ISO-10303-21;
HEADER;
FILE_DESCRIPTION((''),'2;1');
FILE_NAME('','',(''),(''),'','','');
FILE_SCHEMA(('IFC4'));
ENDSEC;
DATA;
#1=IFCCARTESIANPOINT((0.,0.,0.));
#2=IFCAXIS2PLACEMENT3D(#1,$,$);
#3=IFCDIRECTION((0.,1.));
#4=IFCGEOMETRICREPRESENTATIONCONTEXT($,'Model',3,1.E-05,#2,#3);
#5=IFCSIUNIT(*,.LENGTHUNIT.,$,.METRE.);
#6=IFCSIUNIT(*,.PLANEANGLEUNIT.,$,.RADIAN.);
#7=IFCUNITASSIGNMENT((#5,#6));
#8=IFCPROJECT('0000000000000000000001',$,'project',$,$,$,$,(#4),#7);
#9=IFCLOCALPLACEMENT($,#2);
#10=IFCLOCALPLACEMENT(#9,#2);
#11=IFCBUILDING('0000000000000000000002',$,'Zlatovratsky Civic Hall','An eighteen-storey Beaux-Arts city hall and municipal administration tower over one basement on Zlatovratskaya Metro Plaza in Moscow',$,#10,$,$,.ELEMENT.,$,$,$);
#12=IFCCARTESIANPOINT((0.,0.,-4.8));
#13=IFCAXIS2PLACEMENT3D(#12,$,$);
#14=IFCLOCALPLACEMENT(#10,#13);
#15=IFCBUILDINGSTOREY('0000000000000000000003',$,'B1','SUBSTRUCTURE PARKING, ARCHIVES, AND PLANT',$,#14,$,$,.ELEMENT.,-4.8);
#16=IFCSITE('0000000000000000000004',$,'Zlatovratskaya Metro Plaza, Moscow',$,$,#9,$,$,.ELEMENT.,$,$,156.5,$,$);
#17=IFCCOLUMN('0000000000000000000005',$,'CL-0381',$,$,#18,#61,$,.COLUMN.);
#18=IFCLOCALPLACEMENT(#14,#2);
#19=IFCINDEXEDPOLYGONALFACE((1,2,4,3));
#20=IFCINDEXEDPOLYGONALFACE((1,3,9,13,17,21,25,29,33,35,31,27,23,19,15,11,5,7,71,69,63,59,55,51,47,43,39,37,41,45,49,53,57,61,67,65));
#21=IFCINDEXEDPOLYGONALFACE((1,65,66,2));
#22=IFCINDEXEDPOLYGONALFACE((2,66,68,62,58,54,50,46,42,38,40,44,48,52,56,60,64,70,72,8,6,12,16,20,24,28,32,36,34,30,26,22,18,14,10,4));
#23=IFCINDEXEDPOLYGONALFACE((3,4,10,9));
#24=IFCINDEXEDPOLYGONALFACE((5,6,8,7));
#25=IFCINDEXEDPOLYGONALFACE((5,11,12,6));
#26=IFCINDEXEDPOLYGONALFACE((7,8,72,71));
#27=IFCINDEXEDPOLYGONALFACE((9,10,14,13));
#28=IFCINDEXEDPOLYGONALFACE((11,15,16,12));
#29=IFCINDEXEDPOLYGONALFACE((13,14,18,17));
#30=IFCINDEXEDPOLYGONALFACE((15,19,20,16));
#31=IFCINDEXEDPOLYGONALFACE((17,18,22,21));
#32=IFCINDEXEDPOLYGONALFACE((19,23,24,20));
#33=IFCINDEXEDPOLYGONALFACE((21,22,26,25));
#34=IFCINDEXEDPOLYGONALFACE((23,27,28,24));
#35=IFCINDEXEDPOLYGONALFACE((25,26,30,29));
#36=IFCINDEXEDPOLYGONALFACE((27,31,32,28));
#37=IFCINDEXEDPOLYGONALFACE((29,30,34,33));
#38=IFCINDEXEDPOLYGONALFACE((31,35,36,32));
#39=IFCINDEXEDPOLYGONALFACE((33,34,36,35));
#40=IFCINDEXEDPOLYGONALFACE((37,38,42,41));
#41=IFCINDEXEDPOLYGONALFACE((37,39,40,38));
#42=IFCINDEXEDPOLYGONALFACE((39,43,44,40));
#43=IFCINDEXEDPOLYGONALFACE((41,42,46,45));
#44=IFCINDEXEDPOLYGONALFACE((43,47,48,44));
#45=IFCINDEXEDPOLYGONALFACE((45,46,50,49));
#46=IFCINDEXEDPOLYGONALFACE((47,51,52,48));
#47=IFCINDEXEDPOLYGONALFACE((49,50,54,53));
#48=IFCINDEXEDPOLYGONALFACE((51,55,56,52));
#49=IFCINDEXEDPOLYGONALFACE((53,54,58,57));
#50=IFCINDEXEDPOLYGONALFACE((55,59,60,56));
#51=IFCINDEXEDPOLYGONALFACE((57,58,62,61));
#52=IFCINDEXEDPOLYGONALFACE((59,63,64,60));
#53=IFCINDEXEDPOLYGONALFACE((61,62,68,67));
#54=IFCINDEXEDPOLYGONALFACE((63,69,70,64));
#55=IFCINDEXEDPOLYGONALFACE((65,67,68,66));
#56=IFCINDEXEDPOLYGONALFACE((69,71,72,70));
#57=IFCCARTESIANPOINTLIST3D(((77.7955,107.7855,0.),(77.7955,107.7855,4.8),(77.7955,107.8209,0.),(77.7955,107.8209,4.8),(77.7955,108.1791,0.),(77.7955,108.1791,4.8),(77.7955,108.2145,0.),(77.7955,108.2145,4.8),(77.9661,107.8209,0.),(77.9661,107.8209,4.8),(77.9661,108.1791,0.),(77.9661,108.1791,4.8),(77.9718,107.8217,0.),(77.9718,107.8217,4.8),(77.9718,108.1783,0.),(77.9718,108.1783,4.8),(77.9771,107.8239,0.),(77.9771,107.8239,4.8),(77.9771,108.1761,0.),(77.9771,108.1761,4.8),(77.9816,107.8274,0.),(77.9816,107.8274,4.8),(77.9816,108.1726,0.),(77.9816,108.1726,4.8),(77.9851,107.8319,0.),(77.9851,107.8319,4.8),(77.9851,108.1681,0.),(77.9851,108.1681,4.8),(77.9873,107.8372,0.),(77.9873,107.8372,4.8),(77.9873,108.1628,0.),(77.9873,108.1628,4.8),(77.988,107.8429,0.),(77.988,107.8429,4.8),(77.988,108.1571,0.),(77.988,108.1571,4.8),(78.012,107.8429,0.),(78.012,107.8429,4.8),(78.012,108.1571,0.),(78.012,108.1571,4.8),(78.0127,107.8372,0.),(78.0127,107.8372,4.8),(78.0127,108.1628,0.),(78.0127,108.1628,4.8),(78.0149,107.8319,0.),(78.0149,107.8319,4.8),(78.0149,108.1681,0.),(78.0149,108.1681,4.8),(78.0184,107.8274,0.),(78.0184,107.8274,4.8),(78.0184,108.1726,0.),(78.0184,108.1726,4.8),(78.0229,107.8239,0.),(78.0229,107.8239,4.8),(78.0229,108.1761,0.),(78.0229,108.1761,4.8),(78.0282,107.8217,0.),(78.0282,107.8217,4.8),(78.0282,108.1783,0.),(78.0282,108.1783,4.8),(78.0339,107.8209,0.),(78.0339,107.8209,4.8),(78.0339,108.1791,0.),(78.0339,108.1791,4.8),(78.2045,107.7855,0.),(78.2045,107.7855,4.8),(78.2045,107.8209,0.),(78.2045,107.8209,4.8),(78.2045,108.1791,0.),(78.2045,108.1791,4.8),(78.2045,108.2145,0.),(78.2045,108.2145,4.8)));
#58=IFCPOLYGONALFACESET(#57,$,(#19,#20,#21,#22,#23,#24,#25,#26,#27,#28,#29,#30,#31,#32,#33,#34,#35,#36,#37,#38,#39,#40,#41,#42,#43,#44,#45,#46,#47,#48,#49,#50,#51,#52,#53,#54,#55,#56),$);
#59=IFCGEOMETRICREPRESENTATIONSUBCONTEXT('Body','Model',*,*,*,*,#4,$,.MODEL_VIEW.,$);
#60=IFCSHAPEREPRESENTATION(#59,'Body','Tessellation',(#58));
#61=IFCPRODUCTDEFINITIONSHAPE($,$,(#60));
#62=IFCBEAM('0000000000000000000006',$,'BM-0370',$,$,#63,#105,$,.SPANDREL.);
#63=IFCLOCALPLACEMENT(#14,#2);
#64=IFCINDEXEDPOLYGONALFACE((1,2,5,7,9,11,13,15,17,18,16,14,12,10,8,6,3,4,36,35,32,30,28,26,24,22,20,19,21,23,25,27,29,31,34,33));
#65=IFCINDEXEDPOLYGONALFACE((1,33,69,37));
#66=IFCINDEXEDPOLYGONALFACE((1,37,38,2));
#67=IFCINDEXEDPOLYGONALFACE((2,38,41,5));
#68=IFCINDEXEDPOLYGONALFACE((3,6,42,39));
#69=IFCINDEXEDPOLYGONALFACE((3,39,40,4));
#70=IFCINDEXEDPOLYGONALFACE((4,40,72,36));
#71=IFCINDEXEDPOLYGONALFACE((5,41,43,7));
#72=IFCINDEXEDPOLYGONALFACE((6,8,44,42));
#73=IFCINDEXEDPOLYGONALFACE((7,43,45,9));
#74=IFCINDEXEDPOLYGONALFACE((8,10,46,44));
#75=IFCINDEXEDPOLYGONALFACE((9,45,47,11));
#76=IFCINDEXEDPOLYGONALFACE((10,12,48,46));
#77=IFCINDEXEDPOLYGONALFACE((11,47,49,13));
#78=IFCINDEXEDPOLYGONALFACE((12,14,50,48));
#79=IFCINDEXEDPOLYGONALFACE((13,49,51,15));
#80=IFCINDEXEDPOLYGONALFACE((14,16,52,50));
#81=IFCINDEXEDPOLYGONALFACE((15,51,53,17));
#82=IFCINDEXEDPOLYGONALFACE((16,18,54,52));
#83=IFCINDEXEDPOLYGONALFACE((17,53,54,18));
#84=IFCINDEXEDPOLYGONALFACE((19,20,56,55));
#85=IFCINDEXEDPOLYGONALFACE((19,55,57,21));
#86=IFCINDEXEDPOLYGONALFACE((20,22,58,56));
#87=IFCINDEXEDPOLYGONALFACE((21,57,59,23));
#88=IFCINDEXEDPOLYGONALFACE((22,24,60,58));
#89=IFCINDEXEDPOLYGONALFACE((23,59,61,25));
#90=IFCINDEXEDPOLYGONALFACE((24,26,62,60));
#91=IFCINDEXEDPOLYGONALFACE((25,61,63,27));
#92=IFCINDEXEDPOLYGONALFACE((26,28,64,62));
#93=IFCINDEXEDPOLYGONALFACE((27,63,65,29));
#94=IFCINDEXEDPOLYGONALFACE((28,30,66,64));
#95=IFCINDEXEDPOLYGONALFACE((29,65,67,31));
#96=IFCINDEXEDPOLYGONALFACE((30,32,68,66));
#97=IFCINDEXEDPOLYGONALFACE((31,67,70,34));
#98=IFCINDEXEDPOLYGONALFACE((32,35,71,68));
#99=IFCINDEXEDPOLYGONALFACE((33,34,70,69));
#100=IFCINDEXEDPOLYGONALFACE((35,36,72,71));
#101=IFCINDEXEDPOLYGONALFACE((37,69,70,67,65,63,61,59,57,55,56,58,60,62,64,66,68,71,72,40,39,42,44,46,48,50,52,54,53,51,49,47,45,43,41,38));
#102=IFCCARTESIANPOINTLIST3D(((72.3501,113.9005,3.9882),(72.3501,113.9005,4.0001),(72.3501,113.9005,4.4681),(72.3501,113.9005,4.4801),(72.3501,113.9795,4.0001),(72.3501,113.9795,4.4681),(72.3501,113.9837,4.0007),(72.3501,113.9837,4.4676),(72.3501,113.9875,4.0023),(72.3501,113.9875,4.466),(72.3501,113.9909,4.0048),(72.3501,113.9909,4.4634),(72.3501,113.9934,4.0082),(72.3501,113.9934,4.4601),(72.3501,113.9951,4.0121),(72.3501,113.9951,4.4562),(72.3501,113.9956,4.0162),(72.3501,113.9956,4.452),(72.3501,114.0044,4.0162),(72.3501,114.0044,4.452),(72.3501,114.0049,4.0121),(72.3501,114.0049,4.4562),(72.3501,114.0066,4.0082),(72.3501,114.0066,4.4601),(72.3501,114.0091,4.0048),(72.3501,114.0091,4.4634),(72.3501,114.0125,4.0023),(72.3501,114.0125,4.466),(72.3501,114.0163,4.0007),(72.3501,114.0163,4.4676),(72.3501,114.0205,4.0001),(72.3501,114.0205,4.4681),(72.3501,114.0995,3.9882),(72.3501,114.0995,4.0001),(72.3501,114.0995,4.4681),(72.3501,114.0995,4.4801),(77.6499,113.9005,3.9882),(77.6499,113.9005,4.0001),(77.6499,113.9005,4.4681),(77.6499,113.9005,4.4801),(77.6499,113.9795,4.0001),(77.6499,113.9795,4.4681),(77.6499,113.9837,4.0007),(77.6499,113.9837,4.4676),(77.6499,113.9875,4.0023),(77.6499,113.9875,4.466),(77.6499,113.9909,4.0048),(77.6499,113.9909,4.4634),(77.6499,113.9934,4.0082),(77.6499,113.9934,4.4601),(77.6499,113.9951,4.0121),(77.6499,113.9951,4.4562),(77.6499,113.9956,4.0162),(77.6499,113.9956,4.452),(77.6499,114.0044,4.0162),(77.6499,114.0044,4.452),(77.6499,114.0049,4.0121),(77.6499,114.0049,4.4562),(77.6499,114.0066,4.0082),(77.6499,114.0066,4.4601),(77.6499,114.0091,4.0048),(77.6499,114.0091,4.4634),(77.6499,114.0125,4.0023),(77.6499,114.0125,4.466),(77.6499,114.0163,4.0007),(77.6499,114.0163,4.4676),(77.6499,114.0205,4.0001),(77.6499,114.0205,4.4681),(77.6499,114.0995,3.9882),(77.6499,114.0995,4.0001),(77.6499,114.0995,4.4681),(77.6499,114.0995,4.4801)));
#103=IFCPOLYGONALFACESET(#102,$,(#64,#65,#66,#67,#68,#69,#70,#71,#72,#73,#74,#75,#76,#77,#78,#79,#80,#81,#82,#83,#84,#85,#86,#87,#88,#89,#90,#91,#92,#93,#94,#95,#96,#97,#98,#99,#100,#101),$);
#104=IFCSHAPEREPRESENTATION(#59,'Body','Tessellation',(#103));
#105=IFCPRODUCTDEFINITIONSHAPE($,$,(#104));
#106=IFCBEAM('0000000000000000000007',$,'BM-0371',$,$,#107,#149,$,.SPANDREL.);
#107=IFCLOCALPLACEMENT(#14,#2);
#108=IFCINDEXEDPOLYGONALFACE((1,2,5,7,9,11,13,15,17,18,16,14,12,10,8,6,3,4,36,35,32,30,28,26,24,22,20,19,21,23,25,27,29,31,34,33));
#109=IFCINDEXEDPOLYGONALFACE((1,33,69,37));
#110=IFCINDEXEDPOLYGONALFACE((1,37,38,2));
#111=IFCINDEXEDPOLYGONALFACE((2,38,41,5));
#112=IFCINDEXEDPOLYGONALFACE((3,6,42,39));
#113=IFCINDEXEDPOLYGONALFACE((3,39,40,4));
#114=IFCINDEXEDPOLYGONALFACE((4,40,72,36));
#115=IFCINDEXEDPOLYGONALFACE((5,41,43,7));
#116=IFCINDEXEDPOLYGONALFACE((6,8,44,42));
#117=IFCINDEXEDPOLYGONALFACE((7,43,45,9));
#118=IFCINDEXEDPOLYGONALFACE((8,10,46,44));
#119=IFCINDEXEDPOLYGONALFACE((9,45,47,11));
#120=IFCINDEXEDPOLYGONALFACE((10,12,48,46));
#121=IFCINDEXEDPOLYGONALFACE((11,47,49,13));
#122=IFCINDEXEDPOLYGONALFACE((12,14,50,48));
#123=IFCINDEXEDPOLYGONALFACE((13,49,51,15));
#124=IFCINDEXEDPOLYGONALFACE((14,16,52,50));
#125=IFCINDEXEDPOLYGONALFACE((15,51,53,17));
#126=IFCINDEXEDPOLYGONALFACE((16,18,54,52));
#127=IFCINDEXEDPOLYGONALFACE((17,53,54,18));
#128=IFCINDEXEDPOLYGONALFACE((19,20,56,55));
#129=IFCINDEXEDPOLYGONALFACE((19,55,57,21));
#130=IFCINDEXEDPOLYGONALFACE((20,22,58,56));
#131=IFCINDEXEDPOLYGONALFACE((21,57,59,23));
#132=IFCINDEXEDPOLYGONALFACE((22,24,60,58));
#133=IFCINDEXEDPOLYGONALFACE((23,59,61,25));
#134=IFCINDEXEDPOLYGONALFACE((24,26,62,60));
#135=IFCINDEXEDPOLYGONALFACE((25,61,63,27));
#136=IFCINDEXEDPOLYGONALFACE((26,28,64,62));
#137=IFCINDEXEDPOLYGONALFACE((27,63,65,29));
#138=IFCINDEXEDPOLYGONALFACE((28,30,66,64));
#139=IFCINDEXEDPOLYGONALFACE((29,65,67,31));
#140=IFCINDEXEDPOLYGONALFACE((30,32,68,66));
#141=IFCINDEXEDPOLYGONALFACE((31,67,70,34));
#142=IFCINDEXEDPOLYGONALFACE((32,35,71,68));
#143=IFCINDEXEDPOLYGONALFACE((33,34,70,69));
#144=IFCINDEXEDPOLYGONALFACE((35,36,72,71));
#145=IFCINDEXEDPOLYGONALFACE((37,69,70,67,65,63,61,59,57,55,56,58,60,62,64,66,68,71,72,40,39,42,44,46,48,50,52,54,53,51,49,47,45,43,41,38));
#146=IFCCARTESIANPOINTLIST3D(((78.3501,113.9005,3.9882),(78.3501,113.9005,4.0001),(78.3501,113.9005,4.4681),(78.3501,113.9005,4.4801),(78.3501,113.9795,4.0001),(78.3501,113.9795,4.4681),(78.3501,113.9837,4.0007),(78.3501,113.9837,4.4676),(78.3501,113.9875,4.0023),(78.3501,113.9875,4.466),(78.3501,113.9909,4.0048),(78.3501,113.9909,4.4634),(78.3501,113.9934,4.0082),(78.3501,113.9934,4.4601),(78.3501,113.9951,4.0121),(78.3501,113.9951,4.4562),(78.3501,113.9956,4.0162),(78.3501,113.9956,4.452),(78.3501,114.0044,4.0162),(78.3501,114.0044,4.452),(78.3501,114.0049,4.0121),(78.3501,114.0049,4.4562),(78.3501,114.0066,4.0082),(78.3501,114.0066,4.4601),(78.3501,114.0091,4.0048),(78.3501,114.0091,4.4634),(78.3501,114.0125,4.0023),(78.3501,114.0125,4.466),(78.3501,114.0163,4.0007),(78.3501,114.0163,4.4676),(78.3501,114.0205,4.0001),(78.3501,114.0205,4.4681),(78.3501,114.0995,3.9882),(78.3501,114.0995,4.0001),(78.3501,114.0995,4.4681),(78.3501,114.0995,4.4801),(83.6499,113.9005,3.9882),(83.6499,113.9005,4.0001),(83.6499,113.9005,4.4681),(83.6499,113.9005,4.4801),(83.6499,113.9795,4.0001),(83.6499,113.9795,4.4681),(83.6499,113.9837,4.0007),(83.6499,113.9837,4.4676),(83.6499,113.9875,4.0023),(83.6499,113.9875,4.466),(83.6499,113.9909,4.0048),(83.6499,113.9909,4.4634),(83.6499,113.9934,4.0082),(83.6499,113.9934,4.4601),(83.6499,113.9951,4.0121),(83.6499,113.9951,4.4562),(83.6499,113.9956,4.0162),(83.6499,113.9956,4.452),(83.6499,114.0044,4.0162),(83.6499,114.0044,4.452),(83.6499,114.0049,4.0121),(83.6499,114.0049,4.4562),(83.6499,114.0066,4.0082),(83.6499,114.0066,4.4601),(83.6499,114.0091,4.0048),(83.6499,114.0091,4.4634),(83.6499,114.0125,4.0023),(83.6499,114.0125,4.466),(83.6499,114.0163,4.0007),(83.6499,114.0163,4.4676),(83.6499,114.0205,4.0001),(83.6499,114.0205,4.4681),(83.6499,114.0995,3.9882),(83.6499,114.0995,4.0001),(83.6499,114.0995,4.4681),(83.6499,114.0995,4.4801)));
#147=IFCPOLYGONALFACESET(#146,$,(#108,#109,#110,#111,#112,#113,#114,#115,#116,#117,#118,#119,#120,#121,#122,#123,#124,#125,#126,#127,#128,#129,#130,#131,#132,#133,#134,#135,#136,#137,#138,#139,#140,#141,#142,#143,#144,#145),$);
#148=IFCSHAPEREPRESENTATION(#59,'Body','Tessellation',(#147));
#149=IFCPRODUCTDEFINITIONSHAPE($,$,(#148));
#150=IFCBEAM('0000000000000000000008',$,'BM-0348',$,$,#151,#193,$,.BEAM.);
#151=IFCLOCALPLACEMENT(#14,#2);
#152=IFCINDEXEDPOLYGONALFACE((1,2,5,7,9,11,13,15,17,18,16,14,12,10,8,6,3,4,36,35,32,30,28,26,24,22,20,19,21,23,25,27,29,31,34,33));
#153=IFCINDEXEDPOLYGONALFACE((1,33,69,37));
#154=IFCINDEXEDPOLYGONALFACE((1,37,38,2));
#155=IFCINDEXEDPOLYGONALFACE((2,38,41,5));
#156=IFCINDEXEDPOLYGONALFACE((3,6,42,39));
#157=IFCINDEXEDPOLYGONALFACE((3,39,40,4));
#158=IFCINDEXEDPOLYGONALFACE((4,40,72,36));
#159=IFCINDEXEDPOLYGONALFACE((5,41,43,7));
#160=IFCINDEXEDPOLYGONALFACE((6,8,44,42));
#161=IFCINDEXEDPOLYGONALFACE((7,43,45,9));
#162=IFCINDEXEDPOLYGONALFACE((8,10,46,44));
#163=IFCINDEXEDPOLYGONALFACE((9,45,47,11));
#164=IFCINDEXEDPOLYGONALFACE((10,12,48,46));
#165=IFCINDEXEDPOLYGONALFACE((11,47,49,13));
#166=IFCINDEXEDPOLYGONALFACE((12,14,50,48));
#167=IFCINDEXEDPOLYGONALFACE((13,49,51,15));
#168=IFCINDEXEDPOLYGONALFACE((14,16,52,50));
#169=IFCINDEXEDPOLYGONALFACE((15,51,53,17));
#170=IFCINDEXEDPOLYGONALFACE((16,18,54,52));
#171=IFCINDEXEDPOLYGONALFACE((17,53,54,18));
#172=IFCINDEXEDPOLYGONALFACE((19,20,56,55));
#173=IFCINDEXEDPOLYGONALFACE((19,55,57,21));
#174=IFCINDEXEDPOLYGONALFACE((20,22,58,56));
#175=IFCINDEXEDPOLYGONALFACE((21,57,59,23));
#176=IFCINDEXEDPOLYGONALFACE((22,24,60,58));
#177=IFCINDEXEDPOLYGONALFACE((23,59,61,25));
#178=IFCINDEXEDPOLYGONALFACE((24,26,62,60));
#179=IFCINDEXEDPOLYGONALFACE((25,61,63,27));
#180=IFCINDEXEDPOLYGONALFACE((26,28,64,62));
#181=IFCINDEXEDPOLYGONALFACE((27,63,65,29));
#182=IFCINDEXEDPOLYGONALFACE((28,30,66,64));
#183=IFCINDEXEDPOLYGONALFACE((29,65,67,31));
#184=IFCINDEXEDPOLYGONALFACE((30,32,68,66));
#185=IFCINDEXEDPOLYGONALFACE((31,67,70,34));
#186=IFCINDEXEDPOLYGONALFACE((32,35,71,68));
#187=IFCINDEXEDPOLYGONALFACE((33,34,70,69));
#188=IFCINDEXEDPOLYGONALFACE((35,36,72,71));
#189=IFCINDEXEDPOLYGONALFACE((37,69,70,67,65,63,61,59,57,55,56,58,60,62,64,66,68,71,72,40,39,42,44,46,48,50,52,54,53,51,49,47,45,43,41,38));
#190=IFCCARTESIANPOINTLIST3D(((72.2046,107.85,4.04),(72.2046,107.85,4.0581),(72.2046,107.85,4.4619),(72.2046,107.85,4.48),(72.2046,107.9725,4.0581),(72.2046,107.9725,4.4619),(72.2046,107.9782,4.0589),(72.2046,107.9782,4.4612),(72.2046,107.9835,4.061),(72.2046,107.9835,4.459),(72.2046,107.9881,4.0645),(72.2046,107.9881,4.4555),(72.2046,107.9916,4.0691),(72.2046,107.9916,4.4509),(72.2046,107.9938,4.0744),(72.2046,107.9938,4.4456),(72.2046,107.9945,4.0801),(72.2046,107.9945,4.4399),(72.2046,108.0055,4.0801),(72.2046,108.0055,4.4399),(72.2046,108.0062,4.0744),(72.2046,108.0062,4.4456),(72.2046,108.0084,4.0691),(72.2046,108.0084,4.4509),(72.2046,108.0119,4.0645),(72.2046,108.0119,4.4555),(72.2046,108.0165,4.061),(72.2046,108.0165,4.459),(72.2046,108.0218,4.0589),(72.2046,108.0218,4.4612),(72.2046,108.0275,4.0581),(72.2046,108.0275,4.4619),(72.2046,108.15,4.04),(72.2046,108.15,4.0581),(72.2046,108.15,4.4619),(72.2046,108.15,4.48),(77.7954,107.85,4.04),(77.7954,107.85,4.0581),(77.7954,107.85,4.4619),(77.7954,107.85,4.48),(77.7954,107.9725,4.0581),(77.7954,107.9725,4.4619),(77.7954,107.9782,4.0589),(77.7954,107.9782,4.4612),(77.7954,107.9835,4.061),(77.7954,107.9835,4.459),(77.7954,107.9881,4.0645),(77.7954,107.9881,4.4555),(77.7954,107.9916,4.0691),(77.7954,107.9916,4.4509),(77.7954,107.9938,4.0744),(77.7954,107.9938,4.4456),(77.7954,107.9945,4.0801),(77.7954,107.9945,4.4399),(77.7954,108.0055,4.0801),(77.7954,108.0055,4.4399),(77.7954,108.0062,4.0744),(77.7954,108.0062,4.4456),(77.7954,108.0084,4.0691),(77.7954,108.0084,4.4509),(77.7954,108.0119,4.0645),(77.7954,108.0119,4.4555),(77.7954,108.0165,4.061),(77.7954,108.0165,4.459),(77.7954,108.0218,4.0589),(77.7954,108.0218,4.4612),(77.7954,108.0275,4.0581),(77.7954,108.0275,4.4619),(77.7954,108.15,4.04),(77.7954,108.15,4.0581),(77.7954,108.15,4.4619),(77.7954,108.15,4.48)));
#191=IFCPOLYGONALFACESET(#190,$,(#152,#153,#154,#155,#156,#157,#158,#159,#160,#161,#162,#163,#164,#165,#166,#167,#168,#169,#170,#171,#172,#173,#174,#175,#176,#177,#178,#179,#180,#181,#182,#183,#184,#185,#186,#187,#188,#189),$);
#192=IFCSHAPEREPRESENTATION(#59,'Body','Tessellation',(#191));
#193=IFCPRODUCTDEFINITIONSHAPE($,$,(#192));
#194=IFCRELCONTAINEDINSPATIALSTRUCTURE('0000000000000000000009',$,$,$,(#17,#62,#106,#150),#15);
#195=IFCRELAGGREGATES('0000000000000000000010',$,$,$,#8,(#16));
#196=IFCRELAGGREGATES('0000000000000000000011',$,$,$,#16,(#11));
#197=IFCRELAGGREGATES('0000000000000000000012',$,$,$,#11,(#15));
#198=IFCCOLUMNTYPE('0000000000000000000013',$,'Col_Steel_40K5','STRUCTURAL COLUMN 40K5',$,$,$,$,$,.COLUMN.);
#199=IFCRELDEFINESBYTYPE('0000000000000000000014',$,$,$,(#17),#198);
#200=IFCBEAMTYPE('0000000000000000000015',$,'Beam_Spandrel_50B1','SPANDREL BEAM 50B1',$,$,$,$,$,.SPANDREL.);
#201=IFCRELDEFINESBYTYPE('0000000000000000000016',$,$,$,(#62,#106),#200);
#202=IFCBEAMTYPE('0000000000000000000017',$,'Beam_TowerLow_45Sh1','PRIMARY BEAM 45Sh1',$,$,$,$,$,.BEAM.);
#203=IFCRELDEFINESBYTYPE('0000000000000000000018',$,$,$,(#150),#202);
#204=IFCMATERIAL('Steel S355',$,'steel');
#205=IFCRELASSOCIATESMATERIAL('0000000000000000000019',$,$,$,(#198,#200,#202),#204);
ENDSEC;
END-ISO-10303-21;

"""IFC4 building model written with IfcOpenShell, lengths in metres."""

from ifc_helpers import new_model, si_unit, direction, frame, origin, origin_2d, place, context, subcontext, project, spatial, i_section, extrude, material, material_profile, profile_set, type_object, element, save


model = new_model("IFC4")

# Units and contexts
model_context = context("Model", 3, precision=1e-05, world=origin(), true_north=direction((0.0, 1.0)))
body_context = subcontext(model_context, "Body", "Model", "MODEL_VIEW")
ifc_project = project(units=[si_unit("LENGTHUNIT", "METRE"), si_unit("PLANEANGLEUNIT", "RADIAN")], contexts=[model_context])

# Site, building, storey
site_placement = place(None, origin())
site = spatial("IfcSite", under=ifc_project, at=site_placement, Name="Zlatovratskaya Metro Plaza, Moscow", CompositionType="ELEMENT", RefElevation=156.5)
building_placement = place(site_placement, origin())
building = spatial("IfcBuilding", under=site, at=building_placement, Name="Zlatovratsky Civic Hall", Description="An eighteen-storey Beaux-Arts city hall and municipal administration tower over one basement on Zlatovratskaya Metro Plaza in Moscow", CompositionType="ELEMENT")
storey_placement = place(building_placement, frame((0.0, 0.0, -4.8)))
storey = spatial("IfcBuildingStorey", under=building, at=storey_placement, Name="B1", Description="SUBSTRUCTURE PARKING, ARCHIVES, AND PLANT", CompositionType="ELEMENT", Elevation=-4.8)

# Column
ifc_material_1 = material(Name="Steel S355", Category="steel")
ifc_material_profile_1 = material_profile(ifc_material_1, i_section(OverallWidth=0.4089, OverallDepth=0.429, WebThickness=0.0239, FlangeThickness=0.0354, FilletRadius=0.022, at=origin_2d()), Name="40K5")
ifc_profile_set_1 = profile_set([ifc_material_profile_1], Name="Steel S355")
column_type_1 = type_object("IfcColumnType", Name="Col_Steel_40K5", Description="STRUCTURAL COLUMN 40K5", PredefinedType="COLUMN", material=ifc_profile_set_1)
for number, where, z_axis, x_axis, name in (
    (1, (78.0, 108.0, 0.0), (0.0, 0.0, 1.0), (1.0, 0.0, 0.0), "CL-0381"),
):
    element("IfcColumn", number, at=place(storey_placement, frame(where, z_axis=z_axis, x_axis=x_axis)), inside=storey, type_object=column_type_1, Name=name, PredefinedType="COLUMN", context=body_context, shape_type="SweptSolid", body=[
        extrude(i_section(OverallWidth=0.4089, OverallDepth=0.429, WebThickness=0.0239, FlangeThickness=0.0354, FilletRadius=0.022, at=origin_2d()), origin(), (0.0, 0.0, 1.0), 4.8),
    ])

# Beams
ifc_material_profile_2 = material_profile(ifc_material_1, i_section(OverallWidth=0.199, OverallDepth=0.4919, WebThickness=0.0088, FlangeThickness=0.012, FilletRadius=0.0161, at=origin_2d()), Name="50B1")
ifc_profile_set_2 = profile_set([ifc_material_profile_2], Name="Steel S355")
beam_type_1 = type_object("IfcBeamType", Name="Beam_Spandrel_50B1", Description="SPANDREL BEAM 50B1", PredefinedType="SPANDREL", material=ifc_profile_set_2)
for number, where, z_axis, x_axis, name in (
    (2, (72.3501, 114.0, 4.2341), (1.0, 0.0, 0.0), (0.0, 1.0, 0.0), "BM-0370"),
    (3, (78.3501, 114.0, 4.2341), (1.0, 0.0, 0.0), (0.0, 1.0, 0.0), "BM-0371"),
):
    element("IfcBeam", number, at=place(storey_placement, frame(where, z_axis=z_axis, x_axis=x_axis)), inside=storey, type_object=beam_type_1, Name=name, PredefinedType="SPANDREL", context=body_context, shape_type="SweptSolid", body=[
        extrude(i_section(OverallWidth=0.199, OverallDepth=0.4919, WebThickness=0.0088, FlangeThickness=0.012, FilletRadius=0.0161, at=origin_2d()), origin(), (0.0, 0.0, 1.0), 5.2998),
    ])
ifc_material_profile_3 = material_profile(ifc_material_1, i_section(OverallWidth=0.3, OverallDepth=0.4399, WebThickness=0.011, FlangeThickness=0.0181, FilletRadius=0.022, at=origin_2d()), Name="45Sh1")
ifc_profile_set_3 = profile_set([ifc_material_profile_3], Name="Steel S355")
beam_type_2 = type_object("IfcBeamType", Name="Beam_TowerLow_45Sh1", Description="PRIMARY BEAM 45Sh1", PredefinedType="BEAM", material=ifc_profile_set_3)
for number, where, z_axis, x_axis, name in (
    (4, (72.2046, 108.0, 4.26), (1.0, 0.0, 0.0), (0.0, 1.0, 0.0), "BM-0348"),
):
    element("IfcBeam", number, at=place(storey_placement, frame(where, z_axis=z_axis, x_axis=x_axis)), inside=storey, type_object=beam_type_2, Name=name, PredefinedType="BEAM", context=body_context, shape_type="SweptSolid", body=[
        extrude(i_section(OverallWidth=0.3, OverallDepth=0.4399, WebThickness=0.011, FlangeThickness=0.0181, FilletRadius=0.022, at=origin_2d()), origin(), (0.0, 0.0, 1.0), 5.5908),
    ])

save(model, "model.ifc")
